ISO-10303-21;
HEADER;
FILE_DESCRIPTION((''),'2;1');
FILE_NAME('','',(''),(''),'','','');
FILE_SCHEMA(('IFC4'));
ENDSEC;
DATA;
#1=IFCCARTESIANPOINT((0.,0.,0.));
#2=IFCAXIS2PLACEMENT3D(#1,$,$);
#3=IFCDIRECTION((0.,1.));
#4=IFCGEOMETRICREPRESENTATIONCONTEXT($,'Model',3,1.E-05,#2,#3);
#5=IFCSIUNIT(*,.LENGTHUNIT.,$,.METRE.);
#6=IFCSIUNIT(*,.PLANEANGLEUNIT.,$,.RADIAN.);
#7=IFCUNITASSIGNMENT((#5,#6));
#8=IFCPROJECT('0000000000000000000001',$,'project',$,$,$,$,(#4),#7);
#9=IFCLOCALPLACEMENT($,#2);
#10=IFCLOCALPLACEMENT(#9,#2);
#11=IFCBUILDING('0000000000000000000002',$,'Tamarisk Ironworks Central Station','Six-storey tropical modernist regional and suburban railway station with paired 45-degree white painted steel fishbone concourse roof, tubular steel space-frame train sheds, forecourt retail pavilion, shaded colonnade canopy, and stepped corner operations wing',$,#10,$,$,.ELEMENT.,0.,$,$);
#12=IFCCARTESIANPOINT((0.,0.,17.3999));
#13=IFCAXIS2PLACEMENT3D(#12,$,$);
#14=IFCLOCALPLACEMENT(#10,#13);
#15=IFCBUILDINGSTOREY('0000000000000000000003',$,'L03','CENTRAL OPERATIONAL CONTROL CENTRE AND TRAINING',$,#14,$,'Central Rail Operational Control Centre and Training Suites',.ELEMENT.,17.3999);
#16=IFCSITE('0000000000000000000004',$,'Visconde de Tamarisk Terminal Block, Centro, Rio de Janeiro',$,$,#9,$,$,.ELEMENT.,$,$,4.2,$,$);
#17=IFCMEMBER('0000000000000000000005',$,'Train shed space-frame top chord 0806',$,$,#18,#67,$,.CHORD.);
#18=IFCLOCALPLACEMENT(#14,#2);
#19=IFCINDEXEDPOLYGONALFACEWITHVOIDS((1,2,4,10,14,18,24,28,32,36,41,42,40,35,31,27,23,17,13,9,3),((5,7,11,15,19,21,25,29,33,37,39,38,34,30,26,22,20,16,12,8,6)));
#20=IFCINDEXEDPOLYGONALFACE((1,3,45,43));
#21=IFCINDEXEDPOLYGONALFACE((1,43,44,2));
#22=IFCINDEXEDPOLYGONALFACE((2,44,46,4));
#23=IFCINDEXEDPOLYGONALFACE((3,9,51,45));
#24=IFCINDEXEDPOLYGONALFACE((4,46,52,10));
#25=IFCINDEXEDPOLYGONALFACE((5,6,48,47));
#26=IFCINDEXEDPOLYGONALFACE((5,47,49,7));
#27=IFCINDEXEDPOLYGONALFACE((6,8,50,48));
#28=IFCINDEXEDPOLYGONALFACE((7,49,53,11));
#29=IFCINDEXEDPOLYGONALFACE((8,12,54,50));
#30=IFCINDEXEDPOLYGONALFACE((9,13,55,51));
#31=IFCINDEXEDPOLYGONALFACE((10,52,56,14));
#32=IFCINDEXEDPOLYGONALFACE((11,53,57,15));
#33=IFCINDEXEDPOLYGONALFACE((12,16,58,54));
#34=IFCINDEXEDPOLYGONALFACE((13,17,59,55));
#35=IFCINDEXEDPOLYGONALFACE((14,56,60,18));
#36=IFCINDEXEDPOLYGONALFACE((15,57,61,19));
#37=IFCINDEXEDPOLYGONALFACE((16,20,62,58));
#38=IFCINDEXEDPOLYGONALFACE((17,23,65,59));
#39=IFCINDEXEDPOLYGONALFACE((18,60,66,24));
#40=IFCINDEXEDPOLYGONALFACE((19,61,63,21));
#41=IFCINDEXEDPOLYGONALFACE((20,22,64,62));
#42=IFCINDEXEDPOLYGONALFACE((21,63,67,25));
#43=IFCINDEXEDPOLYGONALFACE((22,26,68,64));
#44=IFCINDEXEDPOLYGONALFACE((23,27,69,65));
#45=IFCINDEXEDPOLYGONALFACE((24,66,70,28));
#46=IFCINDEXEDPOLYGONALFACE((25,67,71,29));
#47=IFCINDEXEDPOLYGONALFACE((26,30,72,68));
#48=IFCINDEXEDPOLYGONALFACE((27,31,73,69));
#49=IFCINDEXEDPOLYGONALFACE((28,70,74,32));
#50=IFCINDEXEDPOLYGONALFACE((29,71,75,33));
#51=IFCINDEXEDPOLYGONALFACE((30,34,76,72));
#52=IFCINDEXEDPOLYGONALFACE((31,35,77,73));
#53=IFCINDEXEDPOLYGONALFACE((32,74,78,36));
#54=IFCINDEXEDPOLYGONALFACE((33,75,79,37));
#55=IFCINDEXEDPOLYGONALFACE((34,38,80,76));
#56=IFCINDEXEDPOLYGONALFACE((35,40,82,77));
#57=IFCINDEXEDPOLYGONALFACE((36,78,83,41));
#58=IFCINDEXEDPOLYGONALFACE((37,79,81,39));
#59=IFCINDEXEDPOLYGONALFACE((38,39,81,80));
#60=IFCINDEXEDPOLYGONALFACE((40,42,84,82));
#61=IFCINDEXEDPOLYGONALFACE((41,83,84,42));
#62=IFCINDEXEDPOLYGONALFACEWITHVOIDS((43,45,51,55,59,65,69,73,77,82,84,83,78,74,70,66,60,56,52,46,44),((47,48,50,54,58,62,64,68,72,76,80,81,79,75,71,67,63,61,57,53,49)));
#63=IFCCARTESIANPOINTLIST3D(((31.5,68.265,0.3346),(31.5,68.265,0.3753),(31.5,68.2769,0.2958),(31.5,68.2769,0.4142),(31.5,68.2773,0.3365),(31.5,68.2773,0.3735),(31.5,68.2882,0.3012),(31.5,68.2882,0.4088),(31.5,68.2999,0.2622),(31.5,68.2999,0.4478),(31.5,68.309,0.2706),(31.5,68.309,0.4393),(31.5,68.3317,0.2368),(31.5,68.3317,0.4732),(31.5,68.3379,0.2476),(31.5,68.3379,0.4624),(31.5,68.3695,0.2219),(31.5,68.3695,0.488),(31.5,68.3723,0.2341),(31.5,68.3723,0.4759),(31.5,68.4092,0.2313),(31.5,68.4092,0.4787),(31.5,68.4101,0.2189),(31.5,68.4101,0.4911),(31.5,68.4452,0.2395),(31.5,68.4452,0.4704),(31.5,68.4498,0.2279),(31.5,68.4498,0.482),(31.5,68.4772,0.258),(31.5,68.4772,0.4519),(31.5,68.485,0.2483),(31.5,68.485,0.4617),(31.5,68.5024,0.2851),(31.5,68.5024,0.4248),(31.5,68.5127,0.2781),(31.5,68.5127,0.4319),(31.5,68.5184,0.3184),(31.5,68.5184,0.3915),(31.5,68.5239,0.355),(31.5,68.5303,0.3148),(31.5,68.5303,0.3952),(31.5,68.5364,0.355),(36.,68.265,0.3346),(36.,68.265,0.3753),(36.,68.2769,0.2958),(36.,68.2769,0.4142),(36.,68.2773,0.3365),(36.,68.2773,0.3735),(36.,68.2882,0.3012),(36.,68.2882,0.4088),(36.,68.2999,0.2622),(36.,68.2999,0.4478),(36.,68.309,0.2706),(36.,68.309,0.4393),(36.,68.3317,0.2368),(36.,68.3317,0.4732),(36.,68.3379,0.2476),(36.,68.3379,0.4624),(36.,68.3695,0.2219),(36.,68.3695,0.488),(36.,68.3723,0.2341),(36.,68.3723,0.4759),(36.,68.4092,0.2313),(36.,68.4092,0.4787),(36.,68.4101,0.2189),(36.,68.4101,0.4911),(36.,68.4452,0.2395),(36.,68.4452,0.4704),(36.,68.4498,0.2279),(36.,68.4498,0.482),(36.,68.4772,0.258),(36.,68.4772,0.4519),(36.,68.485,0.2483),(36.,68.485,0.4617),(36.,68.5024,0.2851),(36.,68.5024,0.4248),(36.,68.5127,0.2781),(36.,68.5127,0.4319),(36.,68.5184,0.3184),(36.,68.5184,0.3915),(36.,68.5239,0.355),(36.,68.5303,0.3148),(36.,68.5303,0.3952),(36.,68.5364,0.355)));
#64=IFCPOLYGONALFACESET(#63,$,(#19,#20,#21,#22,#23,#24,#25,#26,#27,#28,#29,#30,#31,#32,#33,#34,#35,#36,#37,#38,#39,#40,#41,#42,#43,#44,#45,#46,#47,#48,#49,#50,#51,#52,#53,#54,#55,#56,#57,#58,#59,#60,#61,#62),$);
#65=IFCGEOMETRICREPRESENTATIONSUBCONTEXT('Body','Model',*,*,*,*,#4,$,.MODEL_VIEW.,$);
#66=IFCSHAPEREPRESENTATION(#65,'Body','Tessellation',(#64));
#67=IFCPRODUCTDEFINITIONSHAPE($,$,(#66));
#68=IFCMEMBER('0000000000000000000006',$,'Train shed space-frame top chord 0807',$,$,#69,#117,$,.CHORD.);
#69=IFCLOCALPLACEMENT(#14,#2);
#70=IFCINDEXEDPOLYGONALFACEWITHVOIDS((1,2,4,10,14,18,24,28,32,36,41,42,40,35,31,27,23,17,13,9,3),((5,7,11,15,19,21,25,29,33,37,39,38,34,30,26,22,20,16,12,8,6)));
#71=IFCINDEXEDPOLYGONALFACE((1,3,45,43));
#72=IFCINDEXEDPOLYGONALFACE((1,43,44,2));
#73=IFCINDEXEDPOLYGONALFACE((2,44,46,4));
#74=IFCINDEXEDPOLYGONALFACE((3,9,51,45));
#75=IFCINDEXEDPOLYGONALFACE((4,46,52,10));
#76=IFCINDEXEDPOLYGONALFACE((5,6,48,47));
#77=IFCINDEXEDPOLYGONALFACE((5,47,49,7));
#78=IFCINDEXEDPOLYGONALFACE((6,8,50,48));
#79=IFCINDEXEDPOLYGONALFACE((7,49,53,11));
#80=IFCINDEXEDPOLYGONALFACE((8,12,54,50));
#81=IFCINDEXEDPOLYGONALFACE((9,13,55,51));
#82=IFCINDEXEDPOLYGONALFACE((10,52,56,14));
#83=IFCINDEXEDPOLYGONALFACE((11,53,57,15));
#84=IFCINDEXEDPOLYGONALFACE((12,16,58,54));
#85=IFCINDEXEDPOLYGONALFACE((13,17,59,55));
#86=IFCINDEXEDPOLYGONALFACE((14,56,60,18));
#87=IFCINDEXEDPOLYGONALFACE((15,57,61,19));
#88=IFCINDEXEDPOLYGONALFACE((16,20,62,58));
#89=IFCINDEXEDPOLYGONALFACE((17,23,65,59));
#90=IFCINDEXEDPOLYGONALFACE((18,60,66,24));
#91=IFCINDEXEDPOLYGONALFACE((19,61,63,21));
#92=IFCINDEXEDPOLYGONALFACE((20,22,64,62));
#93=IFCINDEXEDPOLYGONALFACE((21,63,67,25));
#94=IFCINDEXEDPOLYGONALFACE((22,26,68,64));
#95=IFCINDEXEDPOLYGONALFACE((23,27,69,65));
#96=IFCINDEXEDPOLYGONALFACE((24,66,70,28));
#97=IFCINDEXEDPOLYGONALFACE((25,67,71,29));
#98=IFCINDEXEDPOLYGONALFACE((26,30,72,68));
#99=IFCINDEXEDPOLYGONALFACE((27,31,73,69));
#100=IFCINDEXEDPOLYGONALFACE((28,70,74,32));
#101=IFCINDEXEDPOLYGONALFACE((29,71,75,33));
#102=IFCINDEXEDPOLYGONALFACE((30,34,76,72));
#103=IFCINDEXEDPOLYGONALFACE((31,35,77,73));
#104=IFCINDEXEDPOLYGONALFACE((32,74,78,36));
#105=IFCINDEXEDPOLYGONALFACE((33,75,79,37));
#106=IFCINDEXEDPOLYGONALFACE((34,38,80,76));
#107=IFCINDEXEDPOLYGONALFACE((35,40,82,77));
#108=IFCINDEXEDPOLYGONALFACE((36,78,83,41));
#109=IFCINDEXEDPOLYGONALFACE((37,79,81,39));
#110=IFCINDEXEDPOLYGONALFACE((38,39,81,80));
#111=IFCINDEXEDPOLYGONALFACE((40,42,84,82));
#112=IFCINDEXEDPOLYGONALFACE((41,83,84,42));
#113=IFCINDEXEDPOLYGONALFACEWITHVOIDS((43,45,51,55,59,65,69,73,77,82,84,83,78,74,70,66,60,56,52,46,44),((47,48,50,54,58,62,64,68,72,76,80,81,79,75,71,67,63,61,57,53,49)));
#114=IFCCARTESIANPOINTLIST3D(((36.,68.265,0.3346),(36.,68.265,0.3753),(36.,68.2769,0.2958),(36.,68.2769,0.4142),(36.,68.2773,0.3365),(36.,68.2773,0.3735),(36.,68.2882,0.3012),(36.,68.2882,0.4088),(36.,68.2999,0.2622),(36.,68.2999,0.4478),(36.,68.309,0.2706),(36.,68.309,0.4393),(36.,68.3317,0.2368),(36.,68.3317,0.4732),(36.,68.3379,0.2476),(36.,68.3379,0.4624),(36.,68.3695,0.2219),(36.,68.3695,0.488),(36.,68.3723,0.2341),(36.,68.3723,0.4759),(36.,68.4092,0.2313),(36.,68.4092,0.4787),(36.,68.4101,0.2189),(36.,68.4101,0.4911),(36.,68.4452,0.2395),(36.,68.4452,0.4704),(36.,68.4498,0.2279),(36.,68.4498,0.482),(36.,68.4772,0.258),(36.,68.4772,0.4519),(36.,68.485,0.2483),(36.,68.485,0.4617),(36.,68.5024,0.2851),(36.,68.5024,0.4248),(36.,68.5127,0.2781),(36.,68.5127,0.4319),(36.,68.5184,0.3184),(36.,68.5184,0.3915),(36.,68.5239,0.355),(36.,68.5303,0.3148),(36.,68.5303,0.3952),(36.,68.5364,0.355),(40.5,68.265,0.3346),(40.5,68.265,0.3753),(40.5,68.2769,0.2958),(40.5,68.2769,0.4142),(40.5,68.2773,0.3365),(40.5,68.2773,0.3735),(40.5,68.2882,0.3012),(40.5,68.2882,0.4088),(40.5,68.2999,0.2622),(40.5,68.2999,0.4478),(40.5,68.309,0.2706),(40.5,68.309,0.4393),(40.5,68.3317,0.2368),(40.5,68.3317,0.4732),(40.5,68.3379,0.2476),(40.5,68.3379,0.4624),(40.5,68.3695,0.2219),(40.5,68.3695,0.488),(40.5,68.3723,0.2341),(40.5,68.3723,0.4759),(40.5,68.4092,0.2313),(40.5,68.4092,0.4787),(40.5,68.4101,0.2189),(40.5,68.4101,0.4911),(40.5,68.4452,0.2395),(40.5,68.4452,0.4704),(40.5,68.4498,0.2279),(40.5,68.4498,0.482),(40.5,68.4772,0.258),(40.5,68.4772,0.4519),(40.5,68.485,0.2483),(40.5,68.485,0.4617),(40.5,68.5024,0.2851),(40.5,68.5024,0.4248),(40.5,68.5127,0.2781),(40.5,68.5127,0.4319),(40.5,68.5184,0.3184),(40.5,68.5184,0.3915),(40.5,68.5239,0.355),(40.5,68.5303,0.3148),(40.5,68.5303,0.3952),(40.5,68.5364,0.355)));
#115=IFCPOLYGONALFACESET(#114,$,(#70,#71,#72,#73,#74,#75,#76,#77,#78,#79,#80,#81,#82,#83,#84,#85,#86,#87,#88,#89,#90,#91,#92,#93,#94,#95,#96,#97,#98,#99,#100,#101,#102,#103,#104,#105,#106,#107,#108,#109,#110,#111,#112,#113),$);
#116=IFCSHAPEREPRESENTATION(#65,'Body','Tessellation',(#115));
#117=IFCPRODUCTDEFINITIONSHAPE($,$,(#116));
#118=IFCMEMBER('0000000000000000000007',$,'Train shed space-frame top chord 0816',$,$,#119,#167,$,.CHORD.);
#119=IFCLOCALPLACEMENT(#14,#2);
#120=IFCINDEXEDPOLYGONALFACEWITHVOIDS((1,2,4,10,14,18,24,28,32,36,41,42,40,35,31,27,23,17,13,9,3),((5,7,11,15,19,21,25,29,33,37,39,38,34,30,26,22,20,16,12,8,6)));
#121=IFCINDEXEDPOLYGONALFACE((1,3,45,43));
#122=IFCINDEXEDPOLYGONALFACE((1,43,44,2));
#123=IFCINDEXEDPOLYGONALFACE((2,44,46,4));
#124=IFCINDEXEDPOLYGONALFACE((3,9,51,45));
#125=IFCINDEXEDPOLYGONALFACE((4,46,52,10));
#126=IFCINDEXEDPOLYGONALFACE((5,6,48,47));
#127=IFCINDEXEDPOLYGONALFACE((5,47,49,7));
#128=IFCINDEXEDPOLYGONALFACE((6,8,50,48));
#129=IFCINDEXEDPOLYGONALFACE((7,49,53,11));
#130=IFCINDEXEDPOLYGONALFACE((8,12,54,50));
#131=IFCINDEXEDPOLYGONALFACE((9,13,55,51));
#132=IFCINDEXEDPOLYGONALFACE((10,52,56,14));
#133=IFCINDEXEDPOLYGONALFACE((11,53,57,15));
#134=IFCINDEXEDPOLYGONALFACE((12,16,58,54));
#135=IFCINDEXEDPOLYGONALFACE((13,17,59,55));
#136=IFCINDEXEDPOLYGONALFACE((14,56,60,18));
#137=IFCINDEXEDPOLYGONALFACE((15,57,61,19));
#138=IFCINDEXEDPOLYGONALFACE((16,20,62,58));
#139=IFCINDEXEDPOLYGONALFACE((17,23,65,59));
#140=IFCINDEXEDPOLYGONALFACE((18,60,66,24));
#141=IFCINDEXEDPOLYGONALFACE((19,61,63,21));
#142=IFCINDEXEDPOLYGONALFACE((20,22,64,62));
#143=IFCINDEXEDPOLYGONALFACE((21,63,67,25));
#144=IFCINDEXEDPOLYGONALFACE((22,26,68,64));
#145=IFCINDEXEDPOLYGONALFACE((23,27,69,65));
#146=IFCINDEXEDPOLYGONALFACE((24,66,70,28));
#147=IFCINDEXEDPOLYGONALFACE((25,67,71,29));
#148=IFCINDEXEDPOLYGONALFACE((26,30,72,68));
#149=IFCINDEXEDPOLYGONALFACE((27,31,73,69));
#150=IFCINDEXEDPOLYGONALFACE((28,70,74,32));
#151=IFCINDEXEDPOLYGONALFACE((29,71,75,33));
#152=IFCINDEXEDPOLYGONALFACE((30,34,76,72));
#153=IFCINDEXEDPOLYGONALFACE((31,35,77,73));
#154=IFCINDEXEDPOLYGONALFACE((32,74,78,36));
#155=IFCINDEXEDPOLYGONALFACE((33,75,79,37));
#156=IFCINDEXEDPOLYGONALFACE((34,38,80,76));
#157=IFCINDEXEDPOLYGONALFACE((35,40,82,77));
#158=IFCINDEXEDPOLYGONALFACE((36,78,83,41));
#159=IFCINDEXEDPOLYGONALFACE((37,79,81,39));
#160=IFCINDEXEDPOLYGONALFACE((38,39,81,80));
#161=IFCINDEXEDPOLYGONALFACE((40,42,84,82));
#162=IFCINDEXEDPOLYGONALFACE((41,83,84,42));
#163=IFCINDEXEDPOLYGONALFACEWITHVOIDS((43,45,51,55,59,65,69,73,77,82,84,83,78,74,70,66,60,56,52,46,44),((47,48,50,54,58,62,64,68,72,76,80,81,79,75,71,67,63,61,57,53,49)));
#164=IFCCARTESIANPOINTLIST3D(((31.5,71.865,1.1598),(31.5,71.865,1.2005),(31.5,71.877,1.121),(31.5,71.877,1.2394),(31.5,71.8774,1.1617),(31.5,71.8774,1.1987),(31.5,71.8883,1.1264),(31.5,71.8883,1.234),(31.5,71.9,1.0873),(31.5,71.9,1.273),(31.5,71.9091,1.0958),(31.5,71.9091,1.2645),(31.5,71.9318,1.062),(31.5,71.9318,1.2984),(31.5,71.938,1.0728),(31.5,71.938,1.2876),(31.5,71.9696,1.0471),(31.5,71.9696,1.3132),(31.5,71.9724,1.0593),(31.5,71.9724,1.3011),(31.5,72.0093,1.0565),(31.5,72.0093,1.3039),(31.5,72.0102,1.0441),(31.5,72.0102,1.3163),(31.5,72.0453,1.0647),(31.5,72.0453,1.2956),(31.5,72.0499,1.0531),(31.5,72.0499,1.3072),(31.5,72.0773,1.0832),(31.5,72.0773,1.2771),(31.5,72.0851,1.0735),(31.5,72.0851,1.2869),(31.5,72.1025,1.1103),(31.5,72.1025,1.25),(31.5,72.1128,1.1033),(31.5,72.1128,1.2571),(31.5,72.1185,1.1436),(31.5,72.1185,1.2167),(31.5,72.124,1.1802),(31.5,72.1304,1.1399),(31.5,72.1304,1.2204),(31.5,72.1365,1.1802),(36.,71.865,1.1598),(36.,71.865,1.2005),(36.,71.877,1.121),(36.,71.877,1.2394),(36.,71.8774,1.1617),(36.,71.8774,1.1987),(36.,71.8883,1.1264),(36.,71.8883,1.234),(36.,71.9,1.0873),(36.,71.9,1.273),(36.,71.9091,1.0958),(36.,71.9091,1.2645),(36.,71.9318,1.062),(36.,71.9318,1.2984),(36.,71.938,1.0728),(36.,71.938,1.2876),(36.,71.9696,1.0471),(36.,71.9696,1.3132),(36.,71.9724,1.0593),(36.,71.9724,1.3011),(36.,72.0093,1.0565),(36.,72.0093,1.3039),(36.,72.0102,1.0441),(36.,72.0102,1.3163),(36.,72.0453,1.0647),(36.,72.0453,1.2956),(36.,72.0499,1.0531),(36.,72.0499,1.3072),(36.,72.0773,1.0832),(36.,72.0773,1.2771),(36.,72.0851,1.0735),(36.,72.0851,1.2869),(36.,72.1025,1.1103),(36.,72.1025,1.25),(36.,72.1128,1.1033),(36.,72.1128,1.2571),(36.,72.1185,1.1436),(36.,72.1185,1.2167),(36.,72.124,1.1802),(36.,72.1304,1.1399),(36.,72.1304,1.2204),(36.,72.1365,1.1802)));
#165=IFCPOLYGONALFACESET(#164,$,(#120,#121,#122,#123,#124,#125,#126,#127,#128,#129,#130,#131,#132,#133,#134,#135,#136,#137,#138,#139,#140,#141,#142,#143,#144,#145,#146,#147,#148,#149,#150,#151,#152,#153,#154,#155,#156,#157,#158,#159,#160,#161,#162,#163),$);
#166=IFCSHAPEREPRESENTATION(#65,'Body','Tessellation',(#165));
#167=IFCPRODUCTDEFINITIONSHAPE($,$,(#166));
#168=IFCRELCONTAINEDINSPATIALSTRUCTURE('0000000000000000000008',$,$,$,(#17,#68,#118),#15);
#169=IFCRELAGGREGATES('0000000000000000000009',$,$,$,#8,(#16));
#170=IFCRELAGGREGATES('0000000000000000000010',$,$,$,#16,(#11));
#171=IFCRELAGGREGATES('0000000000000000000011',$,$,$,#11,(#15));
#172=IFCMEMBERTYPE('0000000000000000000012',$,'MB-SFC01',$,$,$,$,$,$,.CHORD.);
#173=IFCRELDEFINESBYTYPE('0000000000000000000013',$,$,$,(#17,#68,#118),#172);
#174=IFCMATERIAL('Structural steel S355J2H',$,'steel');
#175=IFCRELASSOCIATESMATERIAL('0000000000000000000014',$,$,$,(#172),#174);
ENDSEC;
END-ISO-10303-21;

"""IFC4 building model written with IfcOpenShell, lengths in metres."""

from ifc_helpers import new_model, si_unit, direction, frame, origin, origin_2d, place, context, subcontext, project, spatial, hollow_circle, extrude, material, material_profile, profile_set, type_object, element, save


model = new_model("IFC4")

# Units and contexts
model_context = context("Model", 3, precision=1e-05, world=origin(), true_north=direction((0.0, 1.0)))
body_context = subcontext(model_context, "Body", "Model", "MODEL_VIEW")
ifc_project = project(units=[si_unit("LENGTHUNIT", "METRE"), si_unit("PLANEANGLEUNIT", "RADIAN")], contexts=[model_context])

# Site, building, storey
site_placement = place(None, origin())
site = spatial("IfcSite", under=ifc_project, at=site_placement, Name="Visconde de Tamarisk Terminal Block, Centro, Rio de Janeiro", CompositionType="ELEMENT", RefElevation=4.2)
building_placement = place(site_placement, origin())
building = spatial("IfcBuilding", under=site, at=building_placement, Name="Tamarisk Ironworks Central Station", Description="Six-storey tropical modernist regional and suburban railway station with paired 45-degree white painted steel fishbone concourse roof, tubular steel space-frame train sheds, forecourt retail pavilion, shaded colonnade canopy, and stepped corner operations wing", CompositionType="ELEMENT", ElevationOfRefHeight=0.0)
storey_placement = place(building_placement, frame((0.0, 0.0, 17.3999)))
storey = spatial("IfcBuildingStorey", under=building, at=storey_placement, Name="L03", Description="CENTRAL OPERATIONAL CONTROL CENTRE AND TRAINING", LongName="Central Rail Operational Control Centre and Training Suites", CompositionType="ELEMENT", Elevation=17.3999)

# Members
ifc_material = material(Name="Structural steel S355J2H", Category="steel")
ifc_material_profile_1 = material_profile(ifc_material, hollow_circle(Radius=0.1365, WallThickness=0.0125, at=origin_2d()), Name="CHS 273x12.5")
ifc_profile_set_1 = profile_set([ifc_material_profile_1], Name="Structural steel S355J2H")
member_type_1 = type_object("IfcMemberType", Name="MB-SFC01", PredefinedType="CHORD", material=ifc_profile_set_1)
for number, where, z_axis, x_axis, name in (
    (1, (31.5, 68.3999, 0.355), (1.0, 0.0, 0.0), (0.0, 1.0, 0.0), "Train shed space-frame top chord 0806"),
    (2, (36.0, 68.3999, 0.355), (1.0, 0.0, 0.0), (0.0, 1.0, 0.0), "Train shed space-frame top chord 0807"),
    (3, (31.5, 72.0, 1.1802), (1.0, 0.0, 0.0), (0.0, 1.0, 0.0), "Train shed space-frame top chord 0816"),
):
    element("IfcMember", number, at=place(storey_placement, frame(where, z_axis=z_axis, x_axis=x_axis)), inside=storey, type_object=member_type_1, Name=name, PredefinedType="CHORD", context=body_context, shape_type="SweptSolid", body=[
        extrude(hollow_circle(Radius=0.1365, WallThickness=0.0125, at=origin_2d()), origin(), (0.0, 0.0, 1.0), 4.5),
    ])

save(model, "model.ifc")
